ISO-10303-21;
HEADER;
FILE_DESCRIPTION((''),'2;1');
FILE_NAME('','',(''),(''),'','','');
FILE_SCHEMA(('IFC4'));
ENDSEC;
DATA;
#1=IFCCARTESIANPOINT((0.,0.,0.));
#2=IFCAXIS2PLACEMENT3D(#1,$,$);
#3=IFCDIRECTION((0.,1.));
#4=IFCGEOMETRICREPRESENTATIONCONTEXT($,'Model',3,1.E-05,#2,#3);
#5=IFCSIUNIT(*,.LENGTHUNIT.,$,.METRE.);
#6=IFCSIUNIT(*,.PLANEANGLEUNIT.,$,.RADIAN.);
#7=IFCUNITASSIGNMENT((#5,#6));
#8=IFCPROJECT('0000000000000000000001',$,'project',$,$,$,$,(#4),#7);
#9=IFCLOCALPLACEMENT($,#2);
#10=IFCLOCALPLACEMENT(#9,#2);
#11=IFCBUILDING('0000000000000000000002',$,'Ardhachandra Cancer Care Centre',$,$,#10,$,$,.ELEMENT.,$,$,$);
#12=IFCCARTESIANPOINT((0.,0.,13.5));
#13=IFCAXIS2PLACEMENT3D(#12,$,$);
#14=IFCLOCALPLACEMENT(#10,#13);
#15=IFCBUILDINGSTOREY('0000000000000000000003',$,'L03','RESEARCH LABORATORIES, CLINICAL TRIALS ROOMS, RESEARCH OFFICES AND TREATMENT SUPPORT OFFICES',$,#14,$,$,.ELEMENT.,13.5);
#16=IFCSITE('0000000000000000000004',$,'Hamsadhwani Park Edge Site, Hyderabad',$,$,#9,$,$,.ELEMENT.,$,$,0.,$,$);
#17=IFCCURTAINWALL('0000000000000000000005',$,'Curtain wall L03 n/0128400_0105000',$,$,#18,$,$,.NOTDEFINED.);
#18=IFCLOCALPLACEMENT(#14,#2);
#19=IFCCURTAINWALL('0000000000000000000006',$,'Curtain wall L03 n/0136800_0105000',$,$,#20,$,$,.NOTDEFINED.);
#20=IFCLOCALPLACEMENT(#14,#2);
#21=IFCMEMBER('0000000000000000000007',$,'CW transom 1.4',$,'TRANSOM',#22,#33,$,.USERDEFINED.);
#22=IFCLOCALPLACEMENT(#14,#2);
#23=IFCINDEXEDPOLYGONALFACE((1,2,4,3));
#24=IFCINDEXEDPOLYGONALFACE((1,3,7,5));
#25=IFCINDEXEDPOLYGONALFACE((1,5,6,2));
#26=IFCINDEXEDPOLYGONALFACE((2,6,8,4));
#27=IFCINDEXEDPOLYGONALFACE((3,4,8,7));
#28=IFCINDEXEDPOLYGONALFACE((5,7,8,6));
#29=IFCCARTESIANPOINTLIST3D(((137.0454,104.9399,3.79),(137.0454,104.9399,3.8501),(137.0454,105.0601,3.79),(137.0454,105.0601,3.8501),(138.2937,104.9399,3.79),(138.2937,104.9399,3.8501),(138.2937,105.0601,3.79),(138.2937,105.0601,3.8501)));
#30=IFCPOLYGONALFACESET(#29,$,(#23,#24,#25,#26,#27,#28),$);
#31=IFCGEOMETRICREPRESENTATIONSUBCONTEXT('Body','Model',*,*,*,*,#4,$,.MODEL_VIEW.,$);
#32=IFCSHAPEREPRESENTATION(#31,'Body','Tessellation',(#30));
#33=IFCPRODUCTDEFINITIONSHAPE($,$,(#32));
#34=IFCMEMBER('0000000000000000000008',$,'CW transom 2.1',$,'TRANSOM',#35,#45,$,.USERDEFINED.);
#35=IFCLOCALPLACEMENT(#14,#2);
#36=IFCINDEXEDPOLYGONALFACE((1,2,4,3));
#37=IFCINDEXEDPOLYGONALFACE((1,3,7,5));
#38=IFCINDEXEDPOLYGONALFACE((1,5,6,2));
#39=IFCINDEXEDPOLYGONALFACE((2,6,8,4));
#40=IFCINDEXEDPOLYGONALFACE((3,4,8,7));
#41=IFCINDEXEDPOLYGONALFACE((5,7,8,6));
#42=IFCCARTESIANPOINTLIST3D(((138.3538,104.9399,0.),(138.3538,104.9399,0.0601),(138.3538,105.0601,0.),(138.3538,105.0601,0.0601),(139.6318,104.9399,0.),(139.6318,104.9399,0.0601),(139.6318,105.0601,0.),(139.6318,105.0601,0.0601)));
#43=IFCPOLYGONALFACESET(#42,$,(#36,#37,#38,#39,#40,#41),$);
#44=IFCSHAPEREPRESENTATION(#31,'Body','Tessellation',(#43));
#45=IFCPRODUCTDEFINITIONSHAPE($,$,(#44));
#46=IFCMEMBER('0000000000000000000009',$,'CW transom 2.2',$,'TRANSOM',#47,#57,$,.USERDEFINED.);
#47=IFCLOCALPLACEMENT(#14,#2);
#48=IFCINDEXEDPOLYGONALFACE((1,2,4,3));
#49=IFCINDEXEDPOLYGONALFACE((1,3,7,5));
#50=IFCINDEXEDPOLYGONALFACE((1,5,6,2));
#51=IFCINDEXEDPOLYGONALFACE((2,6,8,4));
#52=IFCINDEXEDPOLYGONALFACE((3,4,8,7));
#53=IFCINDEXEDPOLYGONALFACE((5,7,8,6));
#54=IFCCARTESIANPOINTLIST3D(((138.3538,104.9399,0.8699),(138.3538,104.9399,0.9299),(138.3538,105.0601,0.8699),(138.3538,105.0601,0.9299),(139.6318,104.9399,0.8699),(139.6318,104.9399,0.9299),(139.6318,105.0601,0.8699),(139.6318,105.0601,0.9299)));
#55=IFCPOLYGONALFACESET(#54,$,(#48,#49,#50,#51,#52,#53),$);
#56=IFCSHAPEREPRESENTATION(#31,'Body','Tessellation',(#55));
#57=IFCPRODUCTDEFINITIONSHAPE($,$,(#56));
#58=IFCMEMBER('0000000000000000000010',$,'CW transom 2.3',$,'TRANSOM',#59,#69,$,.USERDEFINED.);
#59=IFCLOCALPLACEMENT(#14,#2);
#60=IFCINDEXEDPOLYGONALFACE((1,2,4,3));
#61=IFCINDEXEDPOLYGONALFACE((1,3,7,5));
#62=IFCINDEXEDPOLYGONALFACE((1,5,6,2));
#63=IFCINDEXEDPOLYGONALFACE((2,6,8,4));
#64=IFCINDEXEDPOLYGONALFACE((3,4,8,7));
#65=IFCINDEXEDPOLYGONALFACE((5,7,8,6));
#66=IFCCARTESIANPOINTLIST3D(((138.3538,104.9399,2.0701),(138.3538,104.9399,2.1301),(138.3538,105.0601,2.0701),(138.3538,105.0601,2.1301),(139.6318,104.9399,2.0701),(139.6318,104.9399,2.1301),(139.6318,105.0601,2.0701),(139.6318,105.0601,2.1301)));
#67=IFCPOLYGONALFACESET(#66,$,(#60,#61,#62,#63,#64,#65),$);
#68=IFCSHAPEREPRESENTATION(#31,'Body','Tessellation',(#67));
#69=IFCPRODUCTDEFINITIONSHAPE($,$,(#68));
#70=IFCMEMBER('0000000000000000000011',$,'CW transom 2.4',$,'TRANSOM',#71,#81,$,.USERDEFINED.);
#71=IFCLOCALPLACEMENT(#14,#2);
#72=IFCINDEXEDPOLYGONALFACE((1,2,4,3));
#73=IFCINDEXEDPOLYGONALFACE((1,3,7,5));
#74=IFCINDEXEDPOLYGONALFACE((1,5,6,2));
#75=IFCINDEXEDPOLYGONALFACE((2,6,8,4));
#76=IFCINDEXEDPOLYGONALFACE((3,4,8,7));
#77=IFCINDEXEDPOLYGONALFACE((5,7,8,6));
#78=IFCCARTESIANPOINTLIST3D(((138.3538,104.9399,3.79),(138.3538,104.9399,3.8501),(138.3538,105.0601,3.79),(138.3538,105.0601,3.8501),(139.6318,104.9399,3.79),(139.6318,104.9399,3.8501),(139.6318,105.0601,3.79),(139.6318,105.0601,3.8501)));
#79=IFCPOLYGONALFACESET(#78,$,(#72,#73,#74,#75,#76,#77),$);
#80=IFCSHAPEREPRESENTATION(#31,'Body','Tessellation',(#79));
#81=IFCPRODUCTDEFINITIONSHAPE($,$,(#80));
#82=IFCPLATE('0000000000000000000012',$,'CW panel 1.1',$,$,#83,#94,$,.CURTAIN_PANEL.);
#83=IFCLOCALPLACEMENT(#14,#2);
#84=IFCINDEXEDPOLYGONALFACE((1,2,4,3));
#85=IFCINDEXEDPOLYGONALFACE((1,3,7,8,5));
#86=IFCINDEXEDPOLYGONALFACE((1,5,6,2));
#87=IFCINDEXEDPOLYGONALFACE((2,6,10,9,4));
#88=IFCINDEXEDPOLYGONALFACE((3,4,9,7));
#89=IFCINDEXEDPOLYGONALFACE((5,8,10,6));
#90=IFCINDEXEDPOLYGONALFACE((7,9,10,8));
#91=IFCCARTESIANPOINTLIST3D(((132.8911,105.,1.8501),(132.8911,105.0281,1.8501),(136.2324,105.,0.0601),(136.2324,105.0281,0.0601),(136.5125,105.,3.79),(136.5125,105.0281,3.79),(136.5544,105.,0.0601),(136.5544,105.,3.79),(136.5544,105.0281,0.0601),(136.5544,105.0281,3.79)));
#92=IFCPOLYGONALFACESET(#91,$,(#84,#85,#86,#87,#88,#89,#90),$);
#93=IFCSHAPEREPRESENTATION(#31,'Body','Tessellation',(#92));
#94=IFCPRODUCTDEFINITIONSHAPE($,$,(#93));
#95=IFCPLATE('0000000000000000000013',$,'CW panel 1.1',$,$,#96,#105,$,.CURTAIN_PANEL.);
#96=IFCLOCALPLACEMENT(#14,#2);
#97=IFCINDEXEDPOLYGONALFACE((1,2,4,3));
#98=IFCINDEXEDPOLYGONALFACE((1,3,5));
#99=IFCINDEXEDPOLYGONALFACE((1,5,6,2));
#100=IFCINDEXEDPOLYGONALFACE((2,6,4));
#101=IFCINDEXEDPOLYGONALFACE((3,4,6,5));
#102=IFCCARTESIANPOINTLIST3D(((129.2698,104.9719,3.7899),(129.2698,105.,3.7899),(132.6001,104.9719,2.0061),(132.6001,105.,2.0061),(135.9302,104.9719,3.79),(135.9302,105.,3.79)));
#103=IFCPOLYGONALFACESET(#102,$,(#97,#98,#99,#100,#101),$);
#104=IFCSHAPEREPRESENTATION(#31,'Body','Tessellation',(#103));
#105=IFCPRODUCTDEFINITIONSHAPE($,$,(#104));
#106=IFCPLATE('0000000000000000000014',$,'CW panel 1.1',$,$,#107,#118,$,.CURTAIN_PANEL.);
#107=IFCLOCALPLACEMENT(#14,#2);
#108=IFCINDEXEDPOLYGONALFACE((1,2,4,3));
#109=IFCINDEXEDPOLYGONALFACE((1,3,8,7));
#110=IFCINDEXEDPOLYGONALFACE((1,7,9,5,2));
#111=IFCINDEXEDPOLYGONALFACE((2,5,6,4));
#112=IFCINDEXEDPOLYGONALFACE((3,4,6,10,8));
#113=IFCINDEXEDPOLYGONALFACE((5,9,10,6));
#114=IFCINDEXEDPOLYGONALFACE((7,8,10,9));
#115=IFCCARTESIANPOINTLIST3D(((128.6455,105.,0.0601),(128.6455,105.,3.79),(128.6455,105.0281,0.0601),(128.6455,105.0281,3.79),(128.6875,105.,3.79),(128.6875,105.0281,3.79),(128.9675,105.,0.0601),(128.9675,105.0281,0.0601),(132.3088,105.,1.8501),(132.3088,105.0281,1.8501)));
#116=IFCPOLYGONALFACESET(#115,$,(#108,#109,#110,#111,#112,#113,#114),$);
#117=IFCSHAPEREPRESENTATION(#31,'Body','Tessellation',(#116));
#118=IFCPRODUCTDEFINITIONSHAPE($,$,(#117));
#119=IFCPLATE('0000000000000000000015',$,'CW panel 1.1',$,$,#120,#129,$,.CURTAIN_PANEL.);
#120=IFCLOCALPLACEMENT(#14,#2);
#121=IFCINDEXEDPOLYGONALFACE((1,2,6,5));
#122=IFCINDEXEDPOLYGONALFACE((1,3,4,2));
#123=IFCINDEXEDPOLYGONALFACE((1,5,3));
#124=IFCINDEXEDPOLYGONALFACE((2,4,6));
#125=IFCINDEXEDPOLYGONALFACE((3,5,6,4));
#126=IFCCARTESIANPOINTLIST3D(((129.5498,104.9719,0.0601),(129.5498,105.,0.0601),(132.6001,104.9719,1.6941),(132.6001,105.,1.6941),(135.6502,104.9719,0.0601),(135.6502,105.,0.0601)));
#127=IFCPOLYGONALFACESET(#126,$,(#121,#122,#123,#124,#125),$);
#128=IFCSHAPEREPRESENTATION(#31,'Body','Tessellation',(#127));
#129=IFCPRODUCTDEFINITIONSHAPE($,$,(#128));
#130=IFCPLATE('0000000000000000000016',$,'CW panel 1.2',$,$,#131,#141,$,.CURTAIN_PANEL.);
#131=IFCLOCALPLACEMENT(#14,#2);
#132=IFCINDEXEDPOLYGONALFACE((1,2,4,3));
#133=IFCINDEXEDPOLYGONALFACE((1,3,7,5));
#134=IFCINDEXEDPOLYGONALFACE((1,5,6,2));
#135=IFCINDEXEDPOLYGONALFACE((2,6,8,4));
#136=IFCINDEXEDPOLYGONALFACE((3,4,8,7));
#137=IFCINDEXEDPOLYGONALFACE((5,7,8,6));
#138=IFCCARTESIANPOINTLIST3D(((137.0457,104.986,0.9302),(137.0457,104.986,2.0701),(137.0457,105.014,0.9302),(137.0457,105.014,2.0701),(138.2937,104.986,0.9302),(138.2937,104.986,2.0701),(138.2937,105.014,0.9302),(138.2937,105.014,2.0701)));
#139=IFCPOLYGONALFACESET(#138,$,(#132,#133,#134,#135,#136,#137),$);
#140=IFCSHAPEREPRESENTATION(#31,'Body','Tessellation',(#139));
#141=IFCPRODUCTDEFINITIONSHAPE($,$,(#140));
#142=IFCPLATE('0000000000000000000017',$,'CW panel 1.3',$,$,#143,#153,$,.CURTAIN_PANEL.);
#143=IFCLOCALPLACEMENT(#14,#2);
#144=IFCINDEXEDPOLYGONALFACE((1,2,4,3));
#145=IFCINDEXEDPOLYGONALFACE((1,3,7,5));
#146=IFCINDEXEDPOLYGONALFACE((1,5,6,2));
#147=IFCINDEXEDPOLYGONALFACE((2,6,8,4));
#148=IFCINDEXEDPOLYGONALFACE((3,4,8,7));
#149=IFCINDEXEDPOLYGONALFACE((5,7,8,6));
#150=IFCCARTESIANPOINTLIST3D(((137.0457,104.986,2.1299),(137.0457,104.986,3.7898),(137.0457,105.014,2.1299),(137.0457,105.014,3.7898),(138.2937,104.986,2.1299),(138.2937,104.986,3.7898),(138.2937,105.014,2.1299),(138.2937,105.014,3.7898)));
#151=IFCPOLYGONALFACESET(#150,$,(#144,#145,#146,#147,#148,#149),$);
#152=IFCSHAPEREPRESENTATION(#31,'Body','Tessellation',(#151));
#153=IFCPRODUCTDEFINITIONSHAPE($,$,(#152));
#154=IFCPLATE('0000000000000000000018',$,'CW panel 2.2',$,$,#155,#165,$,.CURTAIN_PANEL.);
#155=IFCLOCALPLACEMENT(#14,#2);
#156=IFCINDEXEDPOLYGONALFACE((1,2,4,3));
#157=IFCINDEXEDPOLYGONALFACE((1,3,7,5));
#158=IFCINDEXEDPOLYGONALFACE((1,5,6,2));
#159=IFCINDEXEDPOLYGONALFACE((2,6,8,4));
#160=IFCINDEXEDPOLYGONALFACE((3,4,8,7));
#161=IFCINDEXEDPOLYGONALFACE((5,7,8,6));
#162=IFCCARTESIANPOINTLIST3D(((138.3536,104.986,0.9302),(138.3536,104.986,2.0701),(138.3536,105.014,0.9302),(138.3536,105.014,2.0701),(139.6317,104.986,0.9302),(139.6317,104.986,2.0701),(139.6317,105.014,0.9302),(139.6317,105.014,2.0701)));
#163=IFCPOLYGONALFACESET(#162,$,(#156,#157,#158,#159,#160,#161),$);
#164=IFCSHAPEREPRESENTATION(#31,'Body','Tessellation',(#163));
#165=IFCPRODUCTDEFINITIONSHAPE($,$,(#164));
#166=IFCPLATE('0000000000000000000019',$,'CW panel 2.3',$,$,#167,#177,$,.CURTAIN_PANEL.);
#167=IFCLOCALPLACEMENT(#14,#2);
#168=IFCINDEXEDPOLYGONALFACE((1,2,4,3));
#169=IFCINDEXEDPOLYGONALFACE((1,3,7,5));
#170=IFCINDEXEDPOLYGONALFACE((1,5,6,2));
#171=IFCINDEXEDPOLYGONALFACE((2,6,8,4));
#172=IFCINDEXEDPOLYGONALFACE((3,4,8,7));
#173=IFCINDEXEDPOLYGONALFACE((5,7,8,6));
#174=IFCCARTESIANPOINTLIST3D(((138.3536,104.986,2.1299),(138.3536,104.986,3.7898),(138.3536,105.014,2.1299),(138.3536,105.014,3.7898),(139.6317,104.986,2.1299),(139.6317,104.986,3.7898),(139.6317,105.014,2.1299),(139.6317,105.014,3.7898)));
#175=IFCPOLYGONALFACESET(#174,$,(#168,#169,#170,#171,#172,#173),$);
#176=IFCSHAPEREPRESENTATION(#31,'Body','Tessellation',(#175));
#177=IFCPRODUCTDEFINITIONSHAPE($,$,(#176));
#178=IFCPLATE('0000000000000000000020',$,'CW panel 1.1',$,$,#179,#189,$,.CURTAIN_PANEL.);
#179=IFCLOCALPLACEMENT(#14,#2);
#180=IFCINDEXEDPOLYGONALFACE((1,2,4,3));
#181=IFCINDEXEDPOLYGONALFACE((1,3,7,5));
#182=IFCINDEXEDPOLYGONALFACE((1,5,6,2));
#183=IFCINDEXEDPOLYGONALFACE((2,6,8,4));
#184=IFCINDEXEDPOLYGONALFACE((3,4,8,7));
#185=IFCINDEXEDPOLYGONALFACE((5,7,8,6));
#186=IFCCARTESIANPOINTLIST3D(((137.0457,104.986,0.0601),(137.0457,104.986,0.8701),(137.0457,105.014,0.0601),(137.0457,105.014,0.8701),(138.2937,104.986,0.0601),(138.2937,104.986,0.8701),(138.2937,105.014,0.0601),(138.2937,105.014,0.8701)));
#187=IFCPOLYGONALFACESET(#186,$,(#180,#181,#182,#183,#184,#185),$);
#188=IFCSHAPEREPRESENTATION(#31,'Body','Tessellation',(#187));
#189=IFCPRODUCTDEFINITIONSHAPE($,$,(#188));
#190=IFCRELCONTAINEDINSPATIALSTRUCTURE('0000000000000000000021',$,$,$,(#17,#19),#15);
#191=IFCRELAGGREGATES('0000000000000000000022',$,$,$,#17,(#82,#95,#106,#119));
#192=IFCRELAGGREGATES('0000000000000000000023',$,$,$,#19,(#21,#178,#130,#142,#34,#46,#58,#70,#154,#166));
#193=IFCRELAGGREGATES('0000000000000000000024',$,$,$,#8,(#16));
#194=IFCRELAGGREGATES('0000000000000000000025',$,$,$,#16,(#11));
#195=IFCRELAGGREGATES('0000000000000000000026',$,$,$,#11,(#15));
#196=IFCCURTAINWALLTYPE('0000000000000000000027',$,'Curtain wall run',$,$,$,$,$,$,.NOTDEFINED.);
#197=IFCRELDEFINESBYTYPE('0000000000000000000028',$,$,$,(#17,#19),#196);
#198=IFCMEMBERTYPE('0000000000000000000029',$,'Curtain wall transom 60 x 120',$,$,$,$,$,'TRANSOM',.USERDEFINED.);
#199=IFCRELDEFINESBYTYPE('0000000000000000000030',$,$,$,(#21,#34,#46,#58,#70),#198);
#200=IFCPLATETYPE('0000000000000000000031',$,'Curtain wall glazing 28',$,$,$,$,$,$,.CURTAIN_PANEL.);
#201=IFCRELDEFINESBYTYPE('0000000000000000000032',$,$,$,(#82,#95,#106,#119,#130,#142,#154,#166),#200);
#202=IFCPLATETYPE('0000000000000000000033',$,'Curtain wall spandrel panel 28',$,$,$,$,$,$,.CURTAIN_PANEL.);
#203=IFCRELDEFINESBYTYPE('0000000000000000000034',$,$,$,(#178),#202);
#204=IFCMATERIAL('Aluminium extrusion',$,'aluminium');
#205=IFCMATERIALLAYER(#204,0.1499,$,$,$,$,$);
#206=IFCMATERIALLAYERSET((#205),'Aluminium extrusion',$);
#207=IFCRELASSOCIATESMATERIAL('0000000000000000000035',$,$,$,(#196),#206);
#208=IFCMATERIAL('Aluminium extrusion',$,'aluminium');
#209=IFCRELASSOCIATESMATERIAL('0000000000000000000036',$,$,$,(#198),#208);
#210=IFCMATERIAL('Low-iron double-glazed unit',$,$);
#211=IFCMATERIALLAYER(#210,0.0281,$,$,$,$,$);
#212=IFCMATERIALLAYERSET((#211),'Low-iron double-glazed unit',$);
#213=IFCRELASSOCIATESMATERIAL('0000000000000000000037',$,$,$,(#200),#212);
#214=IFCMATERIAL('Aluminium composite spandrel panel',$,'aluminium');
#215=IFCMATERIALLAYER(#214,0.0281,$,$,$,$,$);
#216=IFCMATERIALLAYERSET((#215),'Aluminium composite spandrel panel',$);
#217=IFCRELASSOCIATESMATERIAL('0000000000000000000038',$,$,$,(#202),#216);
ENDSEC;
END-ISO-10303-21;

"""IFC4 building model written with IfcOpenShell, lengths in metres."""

from ifc_helpers import new_model, si_unit, direction, frame, origin, origin_2d, place, context, subcontext, project, spatial, polyline, rectangle, outline, extrude, material, layer, layer_set, material_profile, profile_set, type_object, element, aggregate, save


model = new_model("IFC4")

# Units and contexts
model_context = context("Model", 3, precision=1e-05, world=origin(), true_north=direction((0.0, 1.0)))
body_context = subcontext(model_context, "Body", "Model", "MODEL_VIEW")
ifc_project = project(units=[si_unit("LENGTHUNIT", "METRE"), si_unit("PLANEANGLEUNIT", "RADIAN")], contexts=[model_context])

# Site, building, storey
site_placement = place(None, origin())
site = spatial("IfcSite", under=ifc_project, at=site_placement, Name="Hamsadhwani Park Edge Site, Hyderabad", CompositionType="ELEMENT", RefElevation=0.0)
building_placement = place(site_placement, origin())
building = spatial("IfcBuilding", under=site, at=building_placement, Name="Ardhachandra Cancer Care Centre", CompositionType="ELEMENT")
storey_placement = place(building_placement, frame((0.0, 0.0, 13.5)))
storey = spatial("IfcBuildingStorey", under=building, at=storey_placement, Name="L03", Description="RESEARCH LABORATORIES, CLINICAL TRIALS ROOMS, RESEARCH OFFICES AND TREATMENT SUPPORT OFFICES", CompositionType="ELEMENT", Elevation=13.5)

# Curtain wall
ifc_material_1 = material(Name="Aluminium extrusion", Category="aluminium")
ifc_layer_1 = layer(ifc_material_1, 0.1499)
ifc_layer_set_1 = layer_set([ifc_layer_1], Name="Aluminium extrusion")
curtain_wall_type = type_object("IfcCurtainWallType", Name="Curtain wall run", PredefinedType="NOTDEFINED", material=ifc_layer_set_1)
curtain_wall_1_placement = place(storey_placement, origin())
curtain_wall_1 = element("IfcCurtainWall", 1, at=curtain_wall_1_placement, inside=storey, type_object=curtain_wall_type, Name="Curtain wall L03 n/0128400_0105000", PredefinedType="NOTDEFINED")

# Curtain wall
curtain_wall_2_placement = place(storey_placement, origin())
curtain_wall_2 = element("IfcCurtainWall", 2, at=curtain_wall_2_placement, inside=storey, type_object=curtain_wall_type, Name="Curtain wall L03 n/0136800_0105000", PredefinedType="NOTDEFINED")

# Members
ifc_material_2 = material(Name="Aluminium extrusion", Category="aluminium")
ifc_material_profile_1 = material_profile(ifc_material_2, rectangle(XDim=0.1201, YDim=0.0601, at=origin_2d()), Name="Curtain wall transom 60 x 120")
ifc_profile_set_1 = profile_set([ifc_material_profile_1], Name="Aluminium extrusion")
member_type_1 = type_object("IfcMemberType", Name="Curtain wall transom 60 x 120", ElementType="TRANSOM", PredefinedType="USERDEFINED", material=ifc_profile_set_1)
member_1_placement = place(storey_placement, frame((137.0454, 105.0, 3.8201), z_axis=(1.0, 0.0, 0.0), x_axis=(0.0, 1.0, 0.0)))
member_1 = element("IfcMember", 3, at=member_1_placement, type_object=member_type_1, Name="CW transom 1.4", ObjectType="TRANSOM", PredefinedType="USERDEFINED", context=body_context, shape_type="SweptSolid", body=[
    extrude(rectangle(XDim=0.1201, YDim=0.0601, at=origin_2d()), origin(), (0.0, 0.0, 1.0), 1.2483),
])
member_2_placement = place(storey_placement, frame((138.3538, 105.0, 0.03), z_axis=(1.0, 0.0, 0.0), x_axis=(0.0, 1.0, 0.0)))
member_2 = element("IfcMember", 4, at=member_2_placement, type_object=member_type_1, Name="CW transom 2.1", ObjectType="TRANSOM", PredefinedType="USERDEFINED", context=body_context, shape_type="SweptSolid", body=[
    extrude(rectangle(XDim=0.1201, YDim=0.0601, at=origin_2d()), origin(), (0.0, 0.0, 1.0), 1.2781),
])
member_3_placement = place(storey_placement, frame((138.3538, 105.0, 0.8999), z_axis=(1.0, 0.0, 0.0), x_axis=(0.0, 1.0, 0.0)))
member_3 = element("IfcMember", 5, at=member_3_placement, type_object=member_type_1, Name="CW transom 2.2", ObjectType="TRANSOM", PredefinedType="USERDEFINED", context=body_context, shape_type="SweptSolid", body=[
    extrude(rectangle(XDim=0.1201, YDim=0.0601, at=origin_2d()), origin(), (0.0, 0.0, 1.0), 1.2781),
])
member_4_placement = place(storey_placement, frame((138.3538, 105.0, 2.1001), z_axis=(1.0, 0.0, 0.0), x_axis=(0.0, 1.0, 0.0)))
member_4 = element("IfcMember", 6, at=member_4_placement, type_object=member_type_1, Name="CW transom 2.3", ObjectType="TRANSOM", PredefinedType="USERDEFINED", context=body_context, shape_type="SweptSolid", body=[
    extrude(rectangle(XDim=0.1201, YDim=0.0601, at=origin_2d()), origin(), (0.0, 0.0, 1.0), 1.2781),
])
member_5_placement = place(storey_placement, frame((138.3538, 105.0, 3.8201), z_axis=(1.0, 0.0, 0.0), x_axis=(0.0, 1.0, 0.0)))
member_5 = element("IfcMember", 7, at=member_5_placement, type_object=member_type_1, Name="CW transom 2.4", ObjectType="TRANSOM", PredefinedType="USERDEFINED", context=body_context, shape_type="SweptSolid", body=[
    extrude(rectangle(XDim=0.1201, YDim=0.0601, at=origin_2d()), origin(), (0.0, 0.0, 1.0), 1.2781),
])

# Plates
ifc_material_3 = material(Name="Low-iron double-glazed unit")
ifc_layer_2 = layer(ifc_material_3, 0.0281)
ifc_layer_set_2 = layer_set([ifc_layer_2], Name="Low-iron double-glazed unit")
plate_type_1 = type_object("IfcPlateType", Name="Curtain wall glazing 28", PredefinedType="CURTAIN_PANEL", material=ifc_layer_set_2)
plate_1_placement = place(storey_placement, frame((136.5544, 105.0, 3.79), z_axis=(0.0, 1.0, 0.0), x_axis=(0.0, 0.0, -1.0)))
plate_1 = element("IfcPlate", 8, at=plate_1_placement, type_object=plate_type_1, Name="CW panel 1.1", PredefinedType="CURTAIN_PANEL", context=body_context, shape_type="SweptSolid", body=[
    extrude(outline(polyline([(0.0, 0.0), (3.73, 0.0), (3.73, 0.322), (1.9399, 3.6633), (0.0, 0.042), (0.0, 0.0)])), origin(), (0.0, 0.0, 1.0), 0.0281),
])
plate_2_placement = place(storey_placement, frame((135.9302, 105.0, 3.79), z_axis=(0.0, 1.0, 0.0), x_axis=(-0.881484, 0.0, -0.472214)))
plate_2 = element("IfcPlate", 9, at=plate_2_placement, type_object=plate_type_1, Name="CW panel 1.1", PredefinedType="CURTAIN_PANEL", context=body_context, shape_type="SweptSolid", body=[
    extrude(outline(polyline([(0.0, 0.0), (3.7778, 0.0), (5.8711, 3.145), (0.0, 0.0)])), frame((0.0, 0.0, -0.0281)), (0.0, 0.0, 1.0), 0.0281),
])
plate_3_placement = place(storey_placement, frame((128.6455, 105.0, 0.0601), z_axis=(0.0, 1.0, 0.0), x_axis=(0.0, 0.0, 1.0)))
plate_3 = element("IfcPlate", 10, at=plate_3_placement, type_object=plate_type_1, Name="CW panel 1.1", PredefinedType="CURTAIN_PANEL", context=body_context, shape_type="SweptSolid", body=[
    extrude(outline(polyline([(0.0, 0.0), (3.73, 0.0), (3.73, 0.042), (1.79, 3.6633), (0.0, 0.322), (0.0, 0.0)])), origin(), (0.0, 0.0, 1.0), 0.0281),
])
plate_4_placement = place(storey_placement, frame((129.5498, 105.0, 0.0601), z_axis=(0.0, 1.0, 0.0), x_axis=(0.881486, 0.0, 0.47221)))
plate_4 = element("IfcPlate", 11, at=plate_4_placement, type_object=plate_type_1, Name="CW panel 1.1", PredefinedType="CURTAIN_PANEL", context=body_context, shape_type="SweptSolid", body=[
    extrude(outline(polyline([(0.0, 0.0), (3.4604, 0.0), (5.3774, 2.8806), (0.0, 0.0)])), frame((0.0, 0.0, -0.0281)), (0.0, 0.0, 1.0), 0.0281),
])
aggregate(curtain_wall_1, [plate_1, plate_2, plate_3, plate_4])
plate_5_placement = place(storey_placement, frame((137.6697, 105.0, 0.9302), z_axis=(0.0, 0.0, 1.0), x_axis=(1.0, 0.0, 0.0)))
plate_5 = element("IfcPlate", 12, at=plate_5_placement, type_object=plate_type_1, Name="CW panel 1.2", PredefinedType="CURTAIN_PANEL", context=body_context, shape_type="SweptSolid", body=[
    extrude(rectangle(XDim=1.248, YDim=0.0281, at=origin_2d()), origin(), (0.0, 0.0, 1.0), 1.1399),
])
plate_6_placement = place(storey_placement, frame((137.6697, 105.0, 2.1299), z_axis=(0.0, 0.0, 1.0), x_axis=(1.0, 0.0, 0.0)))
plate_6 = element("IfcPlate", 13, at=plate_6_placement, type_object=plate_type_1, Name="CW panel 1.3", PredefinedType="CURTAIN_PANEL", context=body_context, shape_type="SweptSolid", body=[
    extrude(rectangle(XDim=1.248, YDim=0.0281, at=origin_2d()), origin(), (0.0, 0.0, 1.0), 1.6599),
])
plate_7_placement = place(storey_placement, frame((138.9927, 105.0, 0.9302), z_axis=(0.0, 0.0, 1.0), x_axis=(1.0, 0.0, 0.0)))
plate_7 = element("IfcPlate", 14, at=plate_7_placement, type_object=plate_type_1, Name="CW panel 2.2", PredefinedType="CURTAIN_PANEL", context=body_context, shape_type="SweptSolid", body=[
    extrude(rectangle(XDim=1.2781, YDim=0.0281, at=origin_2d()), origin(), (0.0, 0.0, 1.0), 1.1399),
])
plate_8_placement = place(storey_placement, frame((138.9927, 105.0, 2.1299), z_axis=(0.0, 0.0, 1.0), x_axis=(1.0, 0.0, 0.0)))
plate_8 = element("IfcPlate", 15, at=plate_8_placement, type_object=plate_type_1, Name="CW panel 2.3", PredefinedType="CURTAIN_PANEL", context=body_context, shape_type="SweptSolid", body=[
    extrude(rectangle(XDim=1.2781, YDim=0.0281, at=origin_2d()), origin(), (0.0, 0.0, 1.0), 1.6599),
])
ifc_material_4 = material(Name="Aluminium composite spandrel panel", Category="aluminium")
ifc_layer_3 = layer(ifc_material_4, 0.0281)
ifc_layer_set_3 = layer_set([ifc_layer_3], Name="Aluminium composite spandrel panel")
plate_type_2 = type_object("IfcPlateType", Name="Curtain wall spandrel panel 28", PredefinedType="CURTAIN_PANEL", material=ifc_layer_set_3)
plate_9_placement = place(storey_placement, frame((137.6697, 105.0, 0.0601), z_axis=(0.0, 0.0, 1.0), x_axis=(1.0, 0.0, 0.0)))
plate_9 = element("IfcPlate", 16, at=plate_9_placement, type_object=plate_type_2, Name="CW panel 1.1", PredefinedType="CURTAIN_PANEL", context=body_context, shape_type="SweptSolid", body=[
    extrude(rectangle(XDim=1.248, YDim=0.0281, at=origin_2d()), origin(), (0.0, 0.0, 1.0), 0.8101),
])
aggregate(curtain_wall_2, [member_1, plate_9, plate_5, plate_6, member_2, member_3, member_4, member_5, plate_7, plate_8])

save(model, "model.ifc")
